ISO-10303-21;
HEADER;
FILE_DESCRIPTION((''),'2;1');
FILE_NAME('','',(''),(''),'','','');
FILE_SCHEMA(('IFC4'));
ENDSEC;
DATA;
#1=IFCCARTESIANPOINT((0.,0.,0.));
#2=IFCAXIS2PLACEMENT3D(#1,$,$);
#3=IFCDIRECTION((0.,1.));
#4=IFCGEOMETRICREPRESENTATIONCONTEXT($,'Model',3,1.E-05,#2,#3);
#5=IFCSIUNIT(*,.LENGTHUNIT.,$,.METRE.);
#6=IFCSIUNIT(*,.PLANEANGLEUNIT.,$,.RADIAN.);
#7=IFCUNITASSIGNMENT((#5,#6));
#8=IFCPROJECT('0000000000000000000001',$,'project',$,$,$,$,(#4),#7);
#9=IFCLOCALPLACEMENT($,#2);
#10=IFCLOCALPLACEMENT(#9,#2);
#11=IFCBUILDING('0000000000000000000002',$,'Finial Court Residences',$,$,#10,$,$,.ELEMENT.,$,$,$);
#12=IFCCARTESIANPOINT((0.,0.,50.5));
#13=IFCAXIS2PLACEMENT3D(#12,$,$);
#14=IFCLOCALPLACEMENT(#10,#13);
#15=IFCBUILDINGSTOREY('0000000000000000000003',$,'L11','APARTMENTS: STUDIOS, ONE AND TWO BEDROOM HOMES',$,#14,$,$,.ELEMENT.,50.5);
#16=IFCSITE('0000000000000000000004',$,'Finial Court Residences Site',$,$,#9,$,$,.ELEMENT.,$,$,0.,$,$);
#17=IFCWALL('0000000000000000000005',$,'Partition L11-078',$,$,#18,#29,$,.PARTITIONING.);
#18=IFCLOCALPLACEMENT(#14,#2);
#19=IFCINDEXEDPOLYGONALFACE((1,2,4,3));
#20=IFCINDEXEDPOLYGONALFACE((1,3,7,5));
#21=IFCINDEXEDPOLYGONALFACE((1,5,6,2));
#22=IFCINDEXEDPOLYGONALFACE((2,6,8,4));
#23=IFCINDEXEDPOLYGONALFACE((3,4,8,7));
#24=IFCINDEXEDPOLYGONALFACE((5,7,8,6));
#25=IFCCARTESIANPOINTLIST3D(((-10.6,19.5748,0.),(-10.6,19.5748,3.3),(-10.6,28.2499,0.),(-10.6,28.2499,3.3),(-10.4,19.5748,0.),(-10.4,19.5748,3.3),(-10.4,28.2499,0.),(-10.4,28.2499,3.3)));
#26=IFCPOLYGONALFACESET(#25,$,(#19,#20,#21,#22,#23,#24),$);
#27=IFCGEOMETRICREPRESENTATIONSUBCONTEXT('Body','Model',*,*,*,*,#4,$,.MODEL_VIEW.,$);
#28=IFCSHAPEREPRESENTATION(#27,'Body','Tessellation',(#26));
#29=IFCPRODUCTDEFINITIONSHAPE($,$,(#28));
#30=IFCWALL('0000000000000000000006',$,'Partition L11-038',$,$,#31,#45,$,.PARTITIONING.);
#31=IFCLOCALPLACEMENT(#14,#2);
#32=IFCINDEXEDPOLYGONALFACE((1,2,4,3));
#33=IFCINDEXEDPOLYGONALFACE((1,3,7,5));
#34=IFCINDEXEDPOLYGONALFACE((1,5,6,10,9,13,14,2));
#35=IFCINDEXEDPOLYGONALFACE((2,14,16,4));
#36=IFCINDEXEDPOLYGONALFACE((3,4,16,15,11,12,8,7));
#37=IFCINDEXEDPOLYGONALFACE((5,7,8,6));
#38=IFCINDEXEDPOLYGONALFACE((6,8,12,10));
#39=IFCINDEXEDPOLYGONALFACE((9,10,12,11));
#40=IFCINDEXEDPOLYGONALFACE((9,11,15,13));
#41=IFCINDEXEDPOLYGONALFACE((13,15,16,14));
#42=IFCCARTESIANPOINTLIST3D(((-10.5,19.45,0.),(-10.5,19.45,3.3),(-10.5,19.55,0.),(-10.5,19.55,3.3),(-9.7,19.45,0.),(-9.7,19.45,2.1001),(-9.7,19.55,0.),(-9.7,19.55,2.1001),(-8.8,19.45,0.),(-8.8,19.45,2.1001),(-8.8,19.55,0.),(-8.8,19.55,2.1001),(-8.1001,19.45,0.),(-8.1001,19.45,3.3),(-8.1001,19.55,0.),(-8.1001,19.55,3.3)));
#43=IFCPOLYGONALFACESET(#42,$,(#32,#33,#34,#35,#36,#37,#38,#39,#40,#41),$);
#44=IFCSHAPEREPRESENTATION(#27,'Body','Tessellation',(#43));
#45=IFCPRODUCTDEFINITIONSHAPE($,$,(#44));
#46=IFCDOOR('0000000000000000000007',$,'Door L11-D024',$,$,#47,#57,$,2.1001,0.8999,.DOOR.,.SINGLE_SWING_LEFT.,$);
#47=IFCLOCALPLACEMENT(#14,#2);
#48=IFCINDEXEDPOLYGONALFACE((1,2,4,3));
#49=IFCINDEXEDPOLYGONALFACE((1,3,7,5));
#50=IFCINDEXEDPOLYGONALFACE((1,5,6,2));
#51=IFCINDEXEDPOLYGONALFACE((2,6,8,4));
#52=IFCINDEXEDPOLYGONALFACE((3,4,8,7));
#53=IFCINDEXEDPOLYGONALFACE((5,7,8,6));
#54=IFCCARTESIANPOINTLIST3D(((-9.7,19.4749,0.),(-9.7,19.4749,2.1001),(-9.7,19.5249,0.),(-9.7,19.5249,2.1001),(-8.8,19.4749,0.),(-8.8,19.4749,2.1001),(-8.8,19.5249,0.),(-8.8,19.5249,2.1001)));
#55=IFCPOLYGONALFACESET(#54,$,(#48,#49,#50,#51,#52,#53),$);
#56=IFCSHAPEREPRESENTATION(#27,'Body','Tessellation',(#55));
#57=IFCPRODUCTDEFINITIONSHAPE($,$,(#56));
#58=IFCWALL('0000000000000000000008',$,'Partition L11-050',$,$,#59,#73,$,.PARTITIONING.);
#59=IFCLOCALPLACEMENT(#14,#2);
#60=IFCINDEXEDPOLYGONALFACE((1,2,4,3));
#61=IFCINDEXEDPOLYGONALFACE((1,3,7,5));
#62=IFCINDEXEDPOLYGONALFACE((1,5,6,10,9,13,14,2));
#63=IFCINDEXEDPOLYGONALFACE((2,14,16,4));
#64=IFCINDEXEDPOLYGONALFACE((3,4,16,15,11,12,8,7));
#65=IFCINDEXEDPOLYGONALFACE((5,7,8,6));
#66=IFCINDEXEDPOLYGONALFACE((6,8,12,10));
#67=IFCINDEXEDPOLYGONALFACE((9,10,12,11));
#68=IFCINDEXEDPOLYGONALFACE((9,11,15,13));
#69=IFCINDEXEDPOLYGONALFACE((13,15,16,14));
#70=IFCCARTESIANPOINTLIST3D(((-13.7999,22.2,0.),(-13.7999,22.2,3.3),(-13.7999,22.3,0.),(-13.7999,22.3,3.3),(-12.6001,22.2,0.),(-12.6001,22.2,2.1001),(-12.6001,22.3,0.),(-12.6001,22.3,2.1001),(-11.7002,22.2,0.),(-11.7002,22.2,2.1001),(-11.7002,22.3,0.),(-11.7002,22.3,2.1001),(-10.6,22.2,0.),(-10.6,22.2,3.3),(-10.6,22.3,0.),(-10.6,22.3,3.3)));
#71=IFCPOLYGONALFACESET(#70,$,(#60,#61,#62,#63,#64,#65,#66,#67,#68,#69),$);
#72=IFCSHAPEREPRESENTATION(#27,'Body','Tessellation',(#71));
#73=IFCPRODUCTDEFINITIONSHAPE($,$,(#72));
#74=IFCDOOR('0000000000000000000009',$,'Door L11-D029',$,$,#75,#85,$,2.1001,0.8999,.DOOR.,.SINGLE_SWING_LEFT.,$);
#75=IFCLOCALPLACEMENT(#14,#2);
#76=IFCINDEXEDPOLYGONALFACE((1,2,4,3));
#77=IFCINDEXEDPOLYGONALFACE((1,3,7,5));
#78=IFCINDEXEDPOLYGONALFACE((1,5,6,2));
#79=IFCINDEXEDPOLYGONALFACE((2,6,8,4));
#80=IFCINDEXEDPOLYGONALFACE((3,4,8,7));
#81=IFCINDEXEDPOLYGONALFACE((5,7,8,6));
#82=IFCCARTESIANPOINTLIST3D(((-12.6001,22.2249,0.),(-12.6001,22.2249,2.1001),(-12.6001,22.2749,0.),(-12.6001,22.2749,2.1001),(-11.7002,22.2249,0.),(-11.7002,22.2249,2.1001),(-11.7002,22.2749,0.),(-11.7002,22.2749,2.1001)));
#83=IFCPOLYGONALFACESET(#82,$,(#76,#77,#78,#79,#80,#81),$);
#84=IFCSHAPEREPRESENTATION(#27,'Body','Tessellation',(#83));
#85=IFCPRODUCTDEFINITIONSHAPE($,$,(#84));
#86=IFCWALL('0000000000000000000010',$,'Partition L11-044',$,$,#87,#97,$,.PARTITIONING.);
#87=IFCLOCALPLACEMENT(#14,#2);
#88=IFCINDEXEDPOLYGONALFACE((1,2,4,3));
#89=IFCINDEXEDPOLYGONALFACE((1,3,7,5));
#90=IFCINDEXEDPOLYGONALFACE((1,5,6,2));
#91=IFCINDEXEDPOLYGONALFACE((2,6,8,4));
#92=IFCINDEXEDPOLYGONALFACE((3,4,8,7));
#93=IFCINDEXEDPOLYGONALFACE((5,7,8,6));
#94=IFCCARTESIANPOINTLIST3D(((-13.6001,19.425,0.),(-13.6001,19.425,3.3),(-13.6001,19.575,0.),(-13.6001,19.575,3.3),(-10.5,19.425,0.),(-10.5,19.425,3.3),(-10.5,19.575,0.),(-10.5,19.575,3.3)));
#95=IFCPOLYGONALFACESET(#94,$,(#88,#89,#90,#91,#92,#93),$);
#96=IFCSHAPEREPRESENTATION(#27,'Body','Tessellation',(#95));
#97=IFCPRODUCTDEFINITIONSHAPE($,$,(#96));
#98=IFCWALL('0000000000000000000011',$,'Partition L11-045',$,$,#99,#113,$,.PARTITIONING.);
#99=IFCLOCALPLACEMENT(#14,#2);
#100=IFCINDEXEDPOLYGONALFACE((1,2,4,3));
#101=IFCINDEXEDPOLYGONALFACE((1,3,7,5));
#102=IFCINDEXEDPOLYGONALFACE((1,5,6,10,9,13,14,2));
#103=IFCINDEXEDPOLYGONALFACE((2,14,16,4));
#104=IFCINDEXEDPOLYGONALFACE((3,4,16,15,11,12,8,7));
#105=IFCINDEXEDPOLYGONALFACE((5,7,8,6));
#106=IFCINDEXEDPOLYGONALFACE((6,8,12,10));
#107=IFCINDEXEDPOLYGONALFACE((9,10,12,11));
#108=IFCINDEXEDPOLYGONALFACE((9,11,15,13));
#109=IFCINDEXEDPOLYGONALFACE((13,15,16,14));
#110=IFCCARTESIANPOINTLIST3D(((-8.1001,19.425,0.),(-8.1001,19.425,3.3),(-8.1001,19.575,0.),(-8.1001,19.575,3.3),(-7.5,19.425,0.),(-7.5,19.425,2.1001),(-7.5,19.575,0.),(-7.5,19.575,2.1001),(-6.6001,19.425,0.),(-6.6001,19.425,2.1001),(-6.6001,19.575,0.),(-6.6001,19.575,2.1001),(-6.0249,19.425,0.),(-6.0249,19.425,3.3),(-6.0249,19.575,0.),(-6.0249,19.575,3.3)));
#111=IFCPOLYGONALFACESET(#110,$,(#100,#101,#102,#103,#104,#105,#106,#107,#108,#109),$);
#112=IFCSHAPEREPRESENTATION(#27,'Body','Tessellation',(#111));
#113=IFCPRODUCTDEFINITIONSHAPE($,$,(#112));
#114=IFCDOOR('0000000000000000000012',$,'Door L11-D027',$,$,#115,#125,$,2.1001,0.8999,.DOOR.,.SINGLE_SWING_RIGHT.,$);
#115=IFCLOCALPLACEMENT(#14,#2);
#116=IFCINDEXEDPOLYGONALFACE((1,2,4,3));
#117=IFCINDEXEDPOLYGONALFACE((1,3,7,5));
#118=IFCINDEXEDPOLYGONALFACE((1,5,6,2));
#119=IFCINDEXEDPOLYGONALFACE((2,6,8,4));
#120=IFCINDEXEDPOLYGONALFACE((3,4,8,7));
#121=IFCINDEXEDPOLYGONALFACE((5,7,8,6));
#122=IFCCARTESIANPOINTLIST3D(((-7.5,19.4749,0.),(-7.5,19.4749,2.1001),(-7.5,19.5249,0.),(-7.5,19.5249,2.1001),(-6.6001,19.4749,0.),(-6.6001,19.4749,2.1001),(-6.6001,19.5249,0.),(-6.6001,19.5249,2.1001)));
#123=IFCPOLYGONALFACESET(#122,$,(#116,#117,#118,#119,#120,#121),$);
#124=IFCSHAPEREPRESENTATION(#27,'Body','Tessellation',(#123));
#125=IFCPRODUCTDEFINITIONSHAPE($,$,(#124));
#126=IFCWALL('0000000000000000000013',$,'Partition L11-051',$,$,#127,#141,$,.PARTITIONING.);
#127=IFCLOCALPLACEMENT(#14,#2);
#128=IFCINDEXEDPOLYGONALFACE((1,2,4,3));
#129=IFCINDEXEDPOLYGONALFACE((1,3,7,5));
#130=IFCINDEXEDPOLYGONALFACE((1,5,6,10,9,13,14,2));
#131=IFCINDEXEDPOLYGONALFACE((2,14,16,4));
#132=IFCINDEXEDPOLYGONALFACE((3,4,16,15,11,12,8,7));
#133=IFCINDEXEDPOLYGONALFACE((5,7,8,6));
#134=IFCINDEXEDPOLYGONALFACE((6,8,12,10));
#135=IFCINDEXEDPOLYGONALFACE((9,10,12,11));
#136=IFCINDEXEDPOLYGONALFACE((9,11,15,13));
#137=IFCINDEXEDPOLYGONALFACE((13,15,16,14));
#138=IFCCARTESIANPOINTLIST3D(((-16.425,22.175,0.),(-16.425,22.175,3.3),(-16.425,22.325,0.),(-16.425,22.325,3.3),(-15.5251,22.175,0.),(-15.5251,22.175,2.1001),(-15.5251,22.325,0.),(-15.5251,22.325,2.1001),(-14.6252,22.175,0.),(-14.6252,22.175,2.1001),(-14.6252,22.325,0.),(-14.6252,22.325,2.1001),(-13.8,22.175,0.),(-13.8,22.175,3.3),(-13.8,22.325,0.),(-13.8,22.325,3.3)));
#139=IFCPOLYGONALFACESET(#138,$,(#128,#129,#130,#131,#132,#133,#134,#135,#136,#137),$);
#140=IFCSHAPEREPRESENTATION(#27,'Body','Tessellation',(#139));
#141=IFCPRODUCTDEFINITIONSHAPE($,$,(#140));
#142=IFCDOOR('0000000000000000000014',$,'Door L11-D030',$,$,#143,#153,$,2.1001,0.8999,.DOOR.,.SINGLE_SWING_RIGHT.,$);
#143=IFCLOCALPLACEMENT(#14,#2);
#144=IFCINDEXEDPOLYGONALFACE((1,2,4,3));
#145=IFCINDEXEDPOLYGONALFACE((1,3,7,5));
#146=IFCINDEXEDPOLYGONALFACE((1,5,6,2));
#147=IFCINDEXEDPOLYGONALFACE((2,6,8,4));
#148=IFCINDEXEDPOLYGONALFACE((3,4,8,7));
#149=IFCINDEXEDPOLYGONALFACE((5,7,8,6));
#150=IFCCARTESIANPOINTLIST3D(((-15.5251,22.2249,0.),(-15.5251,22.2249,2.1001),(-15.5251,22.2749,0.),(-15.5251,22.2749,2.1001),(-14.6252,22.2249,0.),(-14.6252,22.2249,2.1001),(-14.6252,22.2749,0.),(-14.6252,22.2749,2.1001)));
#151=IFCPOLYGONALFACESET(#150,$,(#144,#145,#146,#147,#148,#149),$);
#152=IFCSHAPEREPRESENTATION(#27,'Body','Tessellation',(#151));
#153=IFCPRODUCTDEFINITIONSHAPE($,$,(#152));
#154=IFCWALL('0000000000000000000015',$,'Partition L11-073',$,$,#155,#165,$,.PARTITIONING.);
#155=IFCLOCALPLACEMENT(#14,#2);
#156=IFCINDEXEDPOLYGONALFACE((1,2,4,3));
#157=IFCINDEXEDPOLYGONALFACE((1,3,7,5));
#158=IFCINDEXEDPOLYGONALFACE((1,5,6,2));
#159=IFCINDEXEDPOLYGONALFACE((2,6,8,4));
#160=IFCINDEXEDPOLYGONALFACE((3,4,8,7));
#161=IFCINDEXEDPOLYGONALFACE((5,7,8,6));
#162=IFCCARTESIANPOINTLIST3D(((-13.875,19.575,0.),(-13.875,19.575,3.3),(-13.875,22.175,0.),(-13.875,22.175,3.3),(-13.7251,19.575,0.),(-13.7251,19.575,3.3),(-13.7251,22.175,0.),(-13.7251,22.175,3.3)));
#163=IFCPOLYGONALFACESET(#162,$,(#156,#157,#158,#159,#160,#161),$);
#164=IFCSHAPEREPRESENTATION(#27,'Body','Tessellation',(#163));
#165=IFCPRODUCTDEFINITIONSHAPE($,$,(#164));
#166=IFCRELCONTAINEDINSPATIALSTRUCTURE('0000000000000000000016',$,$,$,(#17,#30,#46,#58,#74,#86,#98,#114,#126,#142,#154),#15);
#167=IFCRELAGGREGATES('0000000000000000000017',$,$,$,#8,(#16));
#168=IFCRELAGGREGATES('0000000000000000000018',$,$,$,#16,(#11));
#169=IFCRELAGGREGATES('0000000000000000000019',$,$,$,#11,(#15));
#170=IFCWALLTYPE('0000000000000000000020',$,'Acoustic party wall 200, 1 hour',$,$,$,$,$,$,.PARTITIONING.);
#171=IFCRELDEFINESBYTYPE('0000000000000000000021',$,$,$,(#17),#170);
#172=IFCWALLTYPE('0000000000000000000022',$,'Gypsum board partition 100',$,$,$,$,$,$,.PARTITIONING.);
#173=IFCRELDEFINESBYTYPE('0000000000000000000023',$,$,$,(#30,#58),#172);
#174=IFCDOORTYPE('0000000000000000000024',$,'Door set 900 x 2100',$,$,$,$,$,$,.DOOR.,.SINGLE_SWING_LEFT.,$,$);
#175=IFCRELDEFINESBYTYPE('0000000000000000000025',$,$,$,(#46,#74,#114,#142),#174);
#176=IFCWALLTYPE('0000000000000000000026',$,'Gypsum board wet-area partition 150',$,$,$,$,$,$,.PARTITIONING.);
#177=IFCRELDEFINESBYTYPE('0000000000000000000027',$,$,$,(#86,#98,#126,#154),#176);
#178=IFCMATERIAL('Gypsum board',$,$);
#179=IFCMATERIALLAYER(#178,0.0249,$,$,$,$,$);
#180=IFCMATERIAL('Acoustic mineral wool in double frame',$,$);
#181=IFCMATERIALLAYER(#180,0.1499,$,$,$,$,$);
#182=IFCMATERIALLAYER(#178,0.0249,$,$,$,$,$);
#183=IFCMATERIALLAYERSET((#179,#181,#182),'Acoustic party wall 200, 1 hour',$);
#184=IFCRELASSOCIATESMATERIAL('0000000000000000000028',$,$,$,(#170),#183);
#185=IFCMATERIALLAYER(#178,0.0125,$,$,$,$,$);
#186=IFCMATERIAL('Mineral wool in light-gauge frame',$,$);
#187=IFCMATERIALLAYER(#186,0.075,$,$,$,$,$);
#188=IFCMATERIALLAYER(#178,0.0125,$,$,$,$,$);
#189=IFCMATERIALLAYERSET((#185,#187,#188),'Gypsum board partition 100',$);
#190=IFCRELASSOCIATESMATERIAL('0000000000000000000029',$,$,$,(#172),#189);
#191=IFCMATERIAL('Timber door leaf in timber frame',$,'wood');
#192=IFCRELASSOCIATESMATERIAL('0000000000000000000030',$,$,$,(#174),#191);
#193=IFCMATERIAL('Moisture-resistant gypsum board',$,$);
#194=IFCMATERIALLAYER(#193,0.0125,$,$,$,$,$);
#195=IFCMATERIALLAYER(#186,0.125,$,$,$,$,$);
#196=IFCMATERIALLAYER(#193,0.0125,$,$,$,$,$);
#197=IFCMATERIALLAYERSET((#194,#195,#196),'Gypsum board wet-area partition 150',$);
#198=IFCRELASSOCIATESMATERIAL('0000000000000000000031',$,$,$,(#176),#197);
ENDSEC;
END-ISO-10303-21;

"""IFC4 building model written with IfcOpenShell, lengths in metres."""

from ifc_helpers import new_model, si_unit, direction, frame, frame_2d, origin, place, context, subcontext, project, spatial, rectangle, extrude, material, layer, layer_set, type_object, element, fill, save


model = new_model("IFC4")

# Units and contexts
model_context = context("Model", 3, precision=1e-05, world=origin(), true_north=direction((0.0, 1.0)))
body_context = subcontext(model_context, "Body", "Model", "MODEL_VIEW")
ifc_project = project(units=[si_unit("LENGTHUNIT", "METRE"), si_unit("PLANEANGLEUNIT", "RADIAN")], contexts=[model_context])

# Site, building, storey
site_placement = place(None, origin())
site = spatial("IfcSite", under=ifc_project, at=site_placement, Name="Finial Court Residences Site", CompositionType="ELEMENT", RefElevation=0.0)
building_placement = place(site_placement, origin())
building = spatial("IfcBuilding", under=site, at=building_placement, Name="Finial Court Residences", CompositionType="ELEMENT")
storey_placement = place(building_placement, frame((0.0, 0.0, 50.5)))
storey = spatial("IfcBuildingStorey", under=building, at=storey_placement, Name="L11", Description="APARTMENTS: STUDIOS, ONE AND TWO BEDROOM HOMES", CompositionType="ELEMENT", Elevation=50.5)

# Wall
ifc_material_1 = material(Name="Gypsum board")
ifc_layer_1 = layer(ifc_material_1, 0.0249)
ifc_material_2 = material(Name="Acoustic mineral wool in double frame")
ifc_layer_2 = layer(ifc_material_2, 0.1499)
ifc_layer_3 = layer(ifc_material_1, 0.0249)
ifc_layer_set_1 = layer_set([ifc_layer_1, ifc_layer_2, ifc_layer_3], Name="Acoustic party wall 200, 1 hour")
wall_type_1 = type_object("IfcWallType", Name="Acoustic party wall 200, 1 hour", PredefinedType="PARTITIONING", material=ifc_layer_set_1)
wall_1_placement = place(storey_placement, frame((-10.5, 19.575, 0.0), z_axis=(0.0, 0.0, 1.0), x_axis=(0.0, 1.0, 0.0)))
element("IfcWall", 1, at=wall_1_placement, inside=storey, type_object=wall_type_1, Name="Partition L11-078", PredefinedType="PARTITIONING", context=body_context, shape_type="SweptSolid", body=[
    extrude(rectangle(XDim=8.675, YDim=0.2, at=frame_2d((4.3374, 0.0))), origin(), (0.0, 0.0, 1.0), 3.3),
])

# Walls, openings, doors
ifc_layer_4 = layer(ifc_material_1, 0.0125)
ifc_material_3 = material(Name="Mineral wool in light-gauge frame")
ifc_layer_5 = layer(ifc_material_3, 0.075)
ifc_layer_6 = layer(ifc_material_1, 0.0125)
ifc_layer_set_2 = layer_set([ifc_layer_4, ifc_layer_5, ifc_layer_6], Name="Gypsum board partition 100")
wall_type_2 = type_object("IfcWallType", Name="Gypsum board partition 100", PredefinedType="PARTITIONING", material=ifc_layer_set_2)
wall_2_placement = place(storey_placement, frame((-10.5, 19.5, 0.0), z_axis=(0.0, 0.0, 1.0), x_axis=(1.0, 0.0, 0.0)))
wall_2 = element("IfcWall", 2, at=wall_2_placement, inside=storey, type_object=wall_type_2, Name="Partition L11-038", PredefinedType="PARTITIONING", context=body_context, shape_type="SweptSolid", body=[
    extrude(rectangle(XDim=2.3999, YDim=0.1001, at=frame_2d((1.2, 0.0))), origin(), (0.0, 0.0, 1.0), 3.3),
])
opening_1_placement = place(wall_2_placement, frame((0.8, 0.0, 0.0)))
opening_1 = element("IfcOpeningElement", 3, at=opening_1_placement, cuts=wall_2, PredefinedType="OPENING", context=body_context, shape_type="SweptSolid", body=[
    extrude(rectangle(XDim=0.8999, YDim=2.1001, at=frame_2d((0.45, 1.05))), frame((0.0, 0.0601, 0.0), z_axis=(0.0, -1.0, 0.0), x_axis=(1.0, 0.0, 0.0)), (0.0, 0.0, 1.0), 0.1201),
])
ifc_material_4 = material(Name="Timber door leaf in timber frame", Category="wood")
door_type = type_object("IfcDoorType", Name="Door set 900 x 2100", OperationType="SINGLE_SWING_LEFT", PredefinedType="DOOR", material=ifc_material_4)
door_1_placement = place(opening_1_placement, origin())
door_1 = element("IfcDoor", 4, at=door_1_placement, inside=storey, type_object=door_type, Name="Door L11-D024", OperationType="SINGLE_SWING_LEFT", OverallHeight=2.1001, OverallWidth=0.8999, PredefinedType="DOOR", context=body_context, shape_type="SweptSolid", body=[
    extrude(rectangle(XDim=0.8999, YDim=2.1001, at=frame_2d((0.45, 1.05))), frame((0.0, 0.0249, 0.0), z_axis=(0.0, -1.0, 0.0), x_axis=(1.0, 0.0, 0.0)), (0.0, 0.0, 1.0), 0.05),
])
fill(opening_1, door_1)
wall_3_placement = place(storey_placement, frame((-13.8, 22.25, 0.0), z_axis=(0.0, 0.0, 1.0), x_axis=(1.0, 0.0, 0.0)))
wall_3 = element("IfcWall", 5, at=wall_3_placement, inside=storey, type_object=wall_type_2, Name="Partition L11-050", PredefinedType="PARTITIONING", context=body_context, shape_type="SweptSolid", body=[
    extrude(rectangle(XDim=3.2, YDim=0.1001, at=frame_2d((1.6001, 0.0))), origin(), (0.0, 0.0, 1.0), 3.3),
])
opening_2_placement = place(wall_3_placement, frame((1.2, 0.0, 0.0)))
opening_2 = element("IfcOpeningElement", 6, at=opening_2_placement, cuts=wall_3, PredefinedType="OPENING", context=body_context, shape_type="SweptSolid", body=[
    extrude(rectangle(XDim=0.8999, YDim=2.1001, at=frame_2d((0.45, 1.05))), frame((0.0, 0.0601, 0.0), z_axis=(0.0, -1.0, 0.0), x_axis=(1.0, 0.0, 0.0)), (0.0, 0.0, 1.0), 0.1201),
])
door_2_placement = place(opening_2_placement, origin())
door_2 = element("IfcDoor", 7, at=door_2_placement, inside=storey, type_object=door_type, Name="Door L11-D029", OperationType="SINGLE_SWING_LEFT", OverallHeight=2.1001, OverallWidth=0.8999, PredefinedType="DOOR", context=body_context, shape_type="SweptSolid", body=[
    extrude(rectangle(XDim=0.8999, YDim=2.1001, at=frame_2d((0.45, 1.05))), frame((0.0, 0.0249, 0.0), z_axis=(0.0, -1.0, 0.0), x_axis=(1.0, 0.0, 0.0)), (0.0, 0.0, 1.0), 0.05),
])
fill(opening_2, door_2)

# Wall
ifc_material_5 = material(Name="Moisture-resistant gypsum board")
ifc_layer_7 = layer(ifc_material_5, 0.0125)
ifc_layer_8 = layer(ifc_material_3, 0.125)
ifc_layer_9 = layer(ifc_material_5, 0.0125)
ifc_layer_set_3 = layer_set([ifc_layer_7, ifc_layer_8, ifc_layer_9], Name="Gypsum board wet-area partition 150")
wall_type_3 = type_object("IfcWallType", Name="Gypsum board wet-area partition 150", PredefinedType="PARTITIONING", material=ifc_layer_set_3)
wall_4_placement = place(storey_placement, frame((-13.6001, 19.5, 0.0), z_axis=(0.0, 0.0, 1.0), x_axis=(1.0, 0.0, 0.0)))
element("IfcWall", 8, at=wall_4_placement, inside=storey, type_object=wall_type_3, Name="Partition L11-044", PredefinedType="PARTITIONING", context=body_context, shape_type="SweptSolid", body=[
    extrude(rectangle(XDim=3.1001, YDim=0.1499, at=frame_2d((1.55, 0.0))), origin(), (0.0, 0.0, 1.0), 3.3),
])

# Walls, openings, doors
wall_5_placement = place(storey_placement, frame((-8.1001, 19.5, 0.0), z_axis=(0.0, 0.0, 1.0), x_axis=(1.0, 0.0, 0.0)))
wall_5 = element("IfcWall", 9, at=wall_5_placement, inside=storey, type_object=wall_type_3, Name="Partition L11-045", PredefinedType="PARTITIONING", context=body_context, shape_type="SweptSolid", body=[
    extrude(rectangle(XDim=2.0752, YDim=0.1499, at=frame_2d((1.0376, 0.0))), origin(), (0.0, 0.0, 1.0), 3.3),
])
opening_3_placement = place(wall_5_placement, frame((0.6001, 0.0, 0.0)))
opening_3 = element("IfcOpeningElement", 10, at=opening_3_placement, cuts=wall_5, PredefinedType="OPENING", context=body_context, shape_type="SweptSolid", body=[
    extrude(rectangle(XDim=0.8999, YDim=2.1001, at=frame_2d((0.45, 1.05))), frame((0.0, 0.085, 0.0), z_axis=(0.0, -1.0, 0.0), x_axis=(1.0, 0.0, 0.0)), (0.0, 0.0, 1.0), 0.1699),
])
door_3_placement = place(opening_3_placement, origin())
door_3 = element("IfcDoor", 11, at=door_3_placement, inside=storey, type_object=door_type, Name="Door L11-D027", OperationType="SINGLE_SWING_RIGHT", OverallHeight=2.1001, OverallWidth=0.8999, PredefinedType="DOOR", context=body_context, shape_type="SweptSolid", body=[
    extrude(rectangle(XDim=0.8999, YDim=2.1001, at=frame_2d((0.45, 1.05))), frame((0.0, 0.0249, 0.0), z_axis=(0.0, -1.0, 0.0), x_axis=(1.0, 0.0, 0.0)), (0.0, 0.0, 1.0), 0.05),
])
fill(opening_3, door_3)
wall_6_placement = place(storey_placement, frame((-16.425, 22.25, 0.0), z_axis=(0.0, 0.0, 1.0), x_axis=(1.0, 0.0, 0.0)))
wall_6 = element("IfcWall", 12, at=wall_6_placement, inside=storey, type_object=wall_type_3, Name="Partition L11-051", PredefinedType="PARTITIONING", context=body_context, shape_type="SweptSolid", body=[
    extrude(rectangle(XDim=2.625, YDim=0.1499, at=frame_2d((1.3125, 0.0))), origin(), (0.0, 0.0, 1.0), 3.3),
])
opening_4_placement = place(wall_6_placement, frame((0.8999, 0.0, 0.0)))
opening_4 = element("IfcOpeningElement", 13, at=opening_4_placement, cuts=wall_6, PredefinedType="OPENING", context=body_context, shape_type="SweptSolid", body=[
    extrude(rectangle(XDim=0.8999, YDim=2.1001, at=frame_2d((0.45, 1.05))), frame((0.0, 0.085, 0.0), z_axis=(0.0, -1.0, 0.0), x_axis=(1.0, 0.0, 0.0)), (0.0, 0.0, 1.0), 0.1699),
])
door_4_placement = place(opening_4_placement, origin())
door_4 = element("IfcDoor", 14, at=door_4_placement, inside=storey, type_object=door_type, Name="Door L11-D030", OperationType="SINGLE_SWING_RIGHT", OverallHeight=2.1001, OverallWidth=0.8999, PredefinedType="DOOR", context=body_context, shape_type="SweptSolid", body=[
    extrude(rectangle(XDim=0.8999, YDim=2.1001, at=frame_2d((0.45, 1.05))), frame((0.0, 0.0249, 0.0), z_axis=(0.0, -1.0, 0.0), x_axis=(1.0, 0.0, 0.0)), (0.0, 0.0, 1.0), 0.05),
])
fill(opening_4, door_4)

# Wall
wall_7_placement = place(storey_placement, frame((-13.8, 19.575, 0.0), z_axis=(0.0, 0.0, 1.0), x_axis=(0.0, 1.0, 0.0)))
element("IfcWall", 15, at=wall_7_placement, inside=storey, type_object=wall_type_3, Name="Partition L11-073", PredefinedType="PARTITIONING", context=body_context, shape_type="SweptSolid", body=[
    extrude(rectangle(XDim=2.6001, YDim=0.1499, at=frame_2d((1.3, 0.0))), origin(), (0.0, 0.0, 1.0), 3.3),
])

save(model, "model.ifc")
